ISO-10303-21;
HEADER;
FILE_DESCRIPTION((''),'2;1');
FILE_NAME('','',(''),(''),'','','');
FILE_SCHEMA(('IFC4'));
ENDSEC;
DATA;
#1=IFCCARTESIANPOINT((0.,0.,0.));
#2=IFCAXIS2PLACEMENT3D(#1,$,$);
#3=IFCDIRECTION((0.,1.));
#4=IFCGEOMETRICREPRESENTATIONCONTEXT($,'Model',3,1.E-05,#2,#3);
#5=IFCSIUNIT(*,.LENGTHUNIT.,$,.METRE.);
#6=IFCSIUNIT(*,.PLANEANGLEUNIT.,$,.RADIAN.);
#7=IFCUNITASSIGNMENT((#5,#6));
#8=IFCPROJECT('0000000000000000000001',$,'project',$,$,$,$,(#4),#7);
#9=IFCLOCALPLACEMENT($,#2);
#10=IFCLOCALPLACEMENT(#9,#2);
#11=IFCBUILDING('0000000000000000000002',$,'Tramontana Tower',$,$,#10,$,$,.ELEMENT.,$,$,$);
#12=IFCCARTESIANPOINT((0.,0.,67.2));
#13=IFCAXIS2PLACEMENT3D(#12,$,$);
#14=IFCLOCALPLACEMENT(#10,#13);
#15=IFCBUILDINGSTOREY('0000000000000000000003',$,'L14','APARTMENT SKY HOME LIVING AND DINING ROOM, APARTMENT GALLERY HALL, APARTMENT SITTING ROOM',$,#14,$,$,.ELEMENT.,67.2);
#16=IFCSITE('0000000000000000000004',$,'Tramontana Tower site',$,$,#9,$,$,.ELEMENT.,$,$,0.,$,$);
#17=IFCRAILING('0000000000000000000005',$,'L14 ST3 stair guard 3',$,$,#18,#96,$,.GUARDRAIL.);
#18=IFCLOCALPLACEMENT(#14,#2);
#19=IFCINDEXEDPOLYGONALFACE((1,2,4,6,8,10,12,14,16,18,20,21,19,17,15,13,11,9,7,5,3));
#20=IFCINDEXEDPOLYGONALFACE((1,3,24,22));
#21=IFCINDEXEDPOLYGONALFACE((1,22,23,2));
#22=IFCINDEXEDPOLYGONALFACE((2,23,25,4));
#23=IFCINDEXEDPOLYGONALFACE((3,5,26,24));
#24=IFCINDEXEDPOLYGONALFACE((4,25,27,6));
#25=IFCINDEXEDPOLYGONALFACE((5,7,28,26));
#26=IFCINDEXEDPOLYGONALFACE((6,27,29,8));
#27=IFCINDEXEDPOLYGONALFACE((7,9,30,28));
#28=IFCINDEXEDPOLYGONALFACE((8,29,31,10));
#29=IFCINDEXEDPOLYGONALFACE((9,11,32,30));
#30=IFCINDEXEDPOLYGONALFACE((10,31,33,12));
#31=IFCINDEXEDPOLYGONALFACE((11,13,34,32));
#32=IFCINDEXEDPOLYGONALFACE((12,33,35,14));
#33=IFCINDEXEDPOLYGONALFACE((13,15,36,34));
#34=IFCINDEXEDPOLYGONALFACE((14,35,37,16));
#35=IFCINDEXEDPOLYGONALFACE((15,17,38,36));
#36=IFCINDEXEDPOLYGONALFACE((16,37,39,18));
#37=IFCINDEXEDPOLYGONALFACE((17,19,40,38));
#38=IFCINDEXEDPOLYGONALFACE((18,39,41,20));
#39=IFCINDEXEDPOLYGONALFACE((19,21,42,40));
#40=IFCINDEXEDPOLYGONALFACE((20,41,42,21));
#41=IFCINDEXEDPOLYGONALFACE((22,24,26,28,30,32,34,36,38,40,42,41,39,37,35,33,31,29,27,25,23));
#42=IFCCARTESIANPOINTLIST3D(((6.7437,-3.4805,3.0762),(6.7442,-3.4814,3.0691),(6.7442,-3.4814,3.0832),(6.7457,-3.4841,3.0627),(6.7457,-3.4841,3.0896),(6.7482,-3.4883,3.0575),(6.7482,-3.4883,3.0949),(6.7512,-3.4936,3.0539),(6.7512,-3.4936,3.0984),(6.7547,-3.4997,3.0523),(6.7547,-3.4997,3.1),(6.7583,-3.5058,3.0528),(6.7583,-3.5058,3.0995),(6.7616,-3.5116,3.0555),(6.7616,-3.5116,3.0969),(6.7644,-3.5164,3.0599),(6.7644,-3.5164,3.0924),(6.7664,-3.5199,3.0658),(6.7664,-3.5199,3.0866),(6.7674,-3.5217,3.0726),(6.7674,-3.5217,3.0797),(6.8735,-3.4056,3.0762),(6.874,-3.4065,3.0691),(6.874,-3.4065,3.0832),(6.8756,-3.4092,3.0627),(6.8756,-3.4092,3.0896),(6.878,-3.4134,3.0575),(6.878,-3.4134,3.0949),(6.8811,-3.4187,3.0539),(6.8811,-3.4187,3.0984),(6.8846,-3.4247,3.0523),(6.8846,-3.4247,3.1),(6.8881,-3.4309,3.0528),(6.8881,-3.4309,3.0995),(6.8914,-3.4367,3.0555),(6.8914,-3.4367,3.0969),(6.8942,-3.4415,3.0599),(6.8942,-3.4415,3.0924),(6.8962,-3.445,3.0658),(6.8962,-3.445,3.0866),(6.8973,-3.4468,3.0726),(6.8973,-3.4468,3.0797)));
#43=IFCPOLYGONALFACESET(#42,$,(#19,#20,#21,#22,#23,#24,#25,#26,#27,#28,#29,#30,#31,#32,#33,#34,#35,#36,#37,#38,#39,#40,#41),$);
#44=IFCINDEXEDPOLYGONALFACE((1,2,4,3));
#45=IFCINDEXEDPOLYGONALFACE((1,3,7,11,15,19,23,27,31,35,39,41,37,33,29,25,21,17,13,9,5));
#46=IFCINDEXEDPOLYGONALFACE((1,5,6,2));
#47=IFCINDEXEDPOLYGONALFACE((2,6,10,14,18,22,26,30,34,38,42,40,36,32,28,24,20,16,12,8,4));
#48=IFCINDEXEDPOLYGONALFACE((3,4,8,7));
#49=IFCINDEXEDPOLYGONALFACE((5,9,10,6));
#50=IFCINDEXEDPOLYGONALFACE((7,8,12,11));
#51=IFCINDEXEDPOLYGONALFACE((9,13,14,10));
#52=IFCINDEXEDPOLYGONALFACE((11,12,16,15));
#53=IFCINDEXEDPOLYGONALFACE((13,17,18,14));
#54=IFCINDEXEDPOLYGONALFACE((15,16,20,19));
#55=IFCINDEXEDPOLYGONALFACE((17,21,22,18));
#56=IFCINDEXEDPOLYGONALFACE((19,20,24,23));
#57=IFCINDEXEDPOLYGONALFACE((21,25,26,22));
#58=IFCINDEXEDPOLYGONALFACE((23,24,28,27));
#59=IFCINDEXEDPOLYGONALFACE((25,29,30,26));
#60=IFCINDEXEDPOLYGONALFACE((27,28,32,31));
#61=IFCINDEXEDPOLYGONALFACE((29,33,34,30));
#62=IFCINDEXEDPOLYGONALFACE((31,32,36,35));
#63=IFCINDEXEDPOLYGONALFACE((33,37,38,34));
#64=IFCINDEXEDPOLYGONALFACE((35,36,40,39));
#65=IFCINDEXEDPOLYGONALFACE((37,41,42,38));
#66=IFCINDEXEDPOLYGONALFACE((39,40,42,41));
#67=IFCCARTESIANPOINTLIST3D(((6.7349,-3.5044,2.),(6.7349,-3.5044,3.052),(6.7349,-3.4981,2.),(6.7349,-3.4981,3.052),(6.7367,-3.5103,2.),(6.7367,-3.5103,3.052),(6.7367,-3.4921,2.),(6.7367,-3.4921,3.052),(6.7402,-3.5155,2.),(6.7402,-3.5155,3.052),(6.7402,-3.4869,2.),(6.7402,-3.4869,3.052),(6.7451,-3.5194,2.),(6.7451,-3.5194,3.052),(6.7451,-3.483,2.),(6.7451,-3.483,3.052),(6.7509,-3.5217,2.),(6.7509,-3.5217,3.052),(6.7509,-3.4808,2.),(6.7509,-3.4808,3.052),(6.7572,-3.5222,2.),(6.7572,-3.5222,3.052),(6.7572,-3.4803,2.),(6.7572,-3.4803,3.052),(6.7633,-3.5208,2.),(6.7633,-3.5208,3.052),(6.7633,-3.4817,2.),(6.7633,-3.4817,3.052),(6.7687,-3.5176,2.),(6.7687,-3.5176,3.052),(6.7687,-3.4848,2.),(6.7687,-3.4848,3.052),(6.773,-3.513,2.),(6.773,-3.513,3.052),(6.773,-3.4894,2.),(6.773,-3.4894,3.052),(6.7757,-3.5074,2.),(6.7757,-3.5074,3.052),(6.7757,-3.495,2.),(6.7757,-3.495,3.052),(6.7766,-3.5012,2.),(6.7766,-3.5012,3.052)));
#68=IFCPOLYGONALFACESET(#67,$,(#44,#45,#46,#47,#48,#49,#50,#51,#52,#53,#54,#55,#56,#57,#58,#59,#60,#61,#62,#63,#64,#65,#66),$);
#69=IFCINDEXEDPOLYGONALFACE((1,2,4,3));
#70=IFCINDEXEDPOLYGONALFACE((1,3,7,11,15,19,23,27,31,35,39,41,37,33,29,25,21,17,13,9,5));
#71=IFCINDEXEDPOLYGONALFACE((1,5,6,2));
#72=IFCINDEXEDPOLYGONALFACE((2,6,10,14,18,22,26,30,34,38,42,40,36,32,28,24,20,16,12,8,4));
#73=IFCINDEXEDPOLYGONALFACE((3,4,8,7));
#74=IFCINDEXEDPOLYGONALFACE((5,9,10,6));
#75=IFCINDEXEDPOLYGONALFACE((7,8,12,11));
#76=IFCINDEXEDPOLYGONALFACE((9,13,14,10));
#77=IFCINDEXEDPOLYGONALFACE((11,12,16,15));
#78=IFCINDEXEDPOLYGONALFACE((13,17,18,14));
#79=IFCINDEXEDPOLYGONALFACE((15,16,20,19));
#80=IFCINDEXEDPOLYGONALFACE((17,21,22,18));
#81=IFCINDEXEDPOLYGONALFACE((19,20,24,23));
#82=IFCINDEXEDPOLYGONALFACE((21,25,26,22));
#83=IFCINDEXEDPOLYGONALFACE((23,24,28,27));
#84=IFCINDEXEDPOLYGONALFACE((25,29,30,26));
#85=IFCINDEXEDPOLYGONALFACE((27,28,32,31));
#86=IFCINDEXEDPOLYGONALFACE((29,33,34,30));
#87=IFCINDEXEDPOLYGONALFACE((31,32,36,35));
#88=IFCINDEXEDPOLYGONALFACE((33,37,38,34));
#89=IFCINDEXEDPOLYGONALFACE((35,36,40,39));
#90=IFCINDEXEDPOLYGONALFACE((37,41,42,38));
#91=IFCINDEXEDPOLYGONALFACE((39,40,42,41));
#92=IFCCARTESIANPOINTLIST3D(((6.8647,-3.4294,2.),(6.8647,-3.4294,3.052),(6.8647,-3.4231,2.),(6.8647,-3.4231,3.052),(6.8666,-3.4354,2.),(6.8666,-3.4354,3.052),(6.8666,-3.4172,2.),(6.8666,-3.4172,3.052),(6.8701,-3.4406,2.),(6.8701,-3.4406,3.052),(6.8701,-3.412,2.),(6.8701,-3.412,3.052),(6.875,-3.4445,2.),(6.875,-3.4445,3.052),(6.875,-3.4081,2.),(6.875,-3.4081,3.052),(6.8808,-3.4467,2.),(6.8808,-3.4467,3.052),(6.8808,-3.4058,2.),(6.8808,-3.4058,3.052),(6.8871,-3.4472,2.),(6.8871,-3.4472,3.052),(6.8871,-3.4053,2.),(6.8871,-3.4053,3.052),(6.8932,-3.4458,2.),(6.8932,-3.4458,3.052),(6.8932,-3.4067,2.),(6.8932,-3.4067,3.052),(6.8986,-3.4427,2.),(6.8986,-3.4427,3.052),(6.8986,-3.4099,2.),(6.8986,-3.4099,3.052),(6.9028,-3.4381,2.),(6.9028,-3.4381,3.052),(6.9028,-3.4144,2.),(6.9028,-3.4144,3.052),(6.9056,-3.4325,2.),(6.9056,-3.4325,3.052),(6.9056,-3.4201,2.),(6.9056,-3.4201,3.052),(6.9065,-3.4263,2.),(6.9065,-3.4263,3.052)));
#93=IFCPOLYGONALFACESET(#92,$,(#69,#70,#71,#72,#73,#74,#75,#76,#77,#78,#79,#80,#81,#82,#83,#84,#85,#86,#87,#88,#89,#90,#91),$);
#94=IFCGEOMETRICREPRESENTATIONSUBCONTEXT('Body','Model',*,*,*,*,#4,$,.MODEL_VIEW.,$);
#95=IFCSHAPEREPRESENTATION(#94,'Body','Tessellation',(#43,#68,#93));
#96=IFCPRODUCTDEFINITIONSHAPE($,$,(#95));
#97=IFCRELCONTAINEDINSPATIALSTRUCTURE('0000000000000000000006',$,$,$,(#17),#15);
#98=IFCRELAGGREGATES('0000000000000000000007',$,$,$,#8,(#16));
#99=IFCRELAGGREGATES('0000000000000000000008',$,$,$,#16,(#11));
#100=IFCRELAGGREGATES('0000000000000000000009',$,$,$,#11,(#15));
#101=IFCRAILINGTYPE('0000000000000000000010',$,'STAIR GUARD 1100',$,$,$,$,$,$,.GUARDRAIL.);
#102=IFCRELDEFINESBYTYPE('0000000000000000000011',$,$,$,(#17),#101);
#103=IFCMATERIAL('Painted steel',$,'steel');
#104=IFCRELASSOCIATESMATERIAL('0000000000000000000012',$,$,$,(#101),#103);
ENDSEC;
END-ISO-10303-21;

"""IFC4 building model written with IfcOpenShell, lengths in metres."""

from ifc_helpers import new_model, si_unit, direction, frame, origin, origin_2d, place, context, subcontext, project, spatial, circle, extrude, material, type_object, element, save


model = new_model("IFC4")

# Units and contexts
model_context = context("Model", 3, precision=1e-05, world=origin(), true_north=direction((0.0, 1.0)))
body_context = subcontext(model_context, "Body", "Model", "MODEL_VIEW")
ifc_project = project(units=[si_unit("LENGTHUNIT", "METRE"), si_unit("PLANEANGLEUNIT", "RADIAN")], contexts=[model_context])

# Site, building, storey
site_placement = place(None, origin())
site = spatial("IfcSite", under=ifc_project, at=site_placement, Name="Tramontana Tower site", CompositionType="ELEMENT", RefElevation=0.0)
building_placement = place(site_placement, origin())
building = spatial("IfcBuilding", under=site, at=building_placement, Name="Tramontana Tower", CompositionType="ELEMENT")
storey_placement = place(building_placement, frame((0.0, 0.0, 67.2)))
storey = spatial("IfcBuildingStorey", under=building, at=storey_placement, Name="L14", Description="APARTMENT SKY HOME LIVING AND DINING ROOM, APARTMENT GALLERY HALL, APARTMENT SITTING ROOM", CompositionType="ELEMENT", Elevation=67.2)

# Railing
ifc_material_1 = material(Name="Painted steel", Category="steel")
railing_type_1 = type_object("IfcRailingType", Name="STAIR GUARD 1100", PredefinedType="GUARDRAIL", material=ifc_material_1)
railing_1_placement = place(storey_placement, frame((6.7556, -3.5012, 2.0)))
element("IfcRailing", 1, at=railing_1_placement, inside=storey, type_object=railing_type_1, Name="L14 ST3 stair guard 3", PredefinedType="GUARDRAIL", context=body_context, shape_type="SweptSolid", body=[
    extrude(circle(Radius=0.0239, at=origin_2d()), frame((0.0, 0.0, 1.0762), z_axis=(0.866131, 0.499816, 0.0), x_axis=(-0.499816, 0.866131, 0.0)), (0.0, 0.0, 1.0), 0.1499),
    extrude(circle(Radius=0.021, at=origin_2d()), origin(), (0.0, 0.0, 1.0), 1.052),
    extrude(circle(Radius=0.021, at=origin_2d()), frame((0.1299, 0.075, 0.0)), (0.0, 0.0, 1.0), 1.052),
])

save(model, "model.ifc")
